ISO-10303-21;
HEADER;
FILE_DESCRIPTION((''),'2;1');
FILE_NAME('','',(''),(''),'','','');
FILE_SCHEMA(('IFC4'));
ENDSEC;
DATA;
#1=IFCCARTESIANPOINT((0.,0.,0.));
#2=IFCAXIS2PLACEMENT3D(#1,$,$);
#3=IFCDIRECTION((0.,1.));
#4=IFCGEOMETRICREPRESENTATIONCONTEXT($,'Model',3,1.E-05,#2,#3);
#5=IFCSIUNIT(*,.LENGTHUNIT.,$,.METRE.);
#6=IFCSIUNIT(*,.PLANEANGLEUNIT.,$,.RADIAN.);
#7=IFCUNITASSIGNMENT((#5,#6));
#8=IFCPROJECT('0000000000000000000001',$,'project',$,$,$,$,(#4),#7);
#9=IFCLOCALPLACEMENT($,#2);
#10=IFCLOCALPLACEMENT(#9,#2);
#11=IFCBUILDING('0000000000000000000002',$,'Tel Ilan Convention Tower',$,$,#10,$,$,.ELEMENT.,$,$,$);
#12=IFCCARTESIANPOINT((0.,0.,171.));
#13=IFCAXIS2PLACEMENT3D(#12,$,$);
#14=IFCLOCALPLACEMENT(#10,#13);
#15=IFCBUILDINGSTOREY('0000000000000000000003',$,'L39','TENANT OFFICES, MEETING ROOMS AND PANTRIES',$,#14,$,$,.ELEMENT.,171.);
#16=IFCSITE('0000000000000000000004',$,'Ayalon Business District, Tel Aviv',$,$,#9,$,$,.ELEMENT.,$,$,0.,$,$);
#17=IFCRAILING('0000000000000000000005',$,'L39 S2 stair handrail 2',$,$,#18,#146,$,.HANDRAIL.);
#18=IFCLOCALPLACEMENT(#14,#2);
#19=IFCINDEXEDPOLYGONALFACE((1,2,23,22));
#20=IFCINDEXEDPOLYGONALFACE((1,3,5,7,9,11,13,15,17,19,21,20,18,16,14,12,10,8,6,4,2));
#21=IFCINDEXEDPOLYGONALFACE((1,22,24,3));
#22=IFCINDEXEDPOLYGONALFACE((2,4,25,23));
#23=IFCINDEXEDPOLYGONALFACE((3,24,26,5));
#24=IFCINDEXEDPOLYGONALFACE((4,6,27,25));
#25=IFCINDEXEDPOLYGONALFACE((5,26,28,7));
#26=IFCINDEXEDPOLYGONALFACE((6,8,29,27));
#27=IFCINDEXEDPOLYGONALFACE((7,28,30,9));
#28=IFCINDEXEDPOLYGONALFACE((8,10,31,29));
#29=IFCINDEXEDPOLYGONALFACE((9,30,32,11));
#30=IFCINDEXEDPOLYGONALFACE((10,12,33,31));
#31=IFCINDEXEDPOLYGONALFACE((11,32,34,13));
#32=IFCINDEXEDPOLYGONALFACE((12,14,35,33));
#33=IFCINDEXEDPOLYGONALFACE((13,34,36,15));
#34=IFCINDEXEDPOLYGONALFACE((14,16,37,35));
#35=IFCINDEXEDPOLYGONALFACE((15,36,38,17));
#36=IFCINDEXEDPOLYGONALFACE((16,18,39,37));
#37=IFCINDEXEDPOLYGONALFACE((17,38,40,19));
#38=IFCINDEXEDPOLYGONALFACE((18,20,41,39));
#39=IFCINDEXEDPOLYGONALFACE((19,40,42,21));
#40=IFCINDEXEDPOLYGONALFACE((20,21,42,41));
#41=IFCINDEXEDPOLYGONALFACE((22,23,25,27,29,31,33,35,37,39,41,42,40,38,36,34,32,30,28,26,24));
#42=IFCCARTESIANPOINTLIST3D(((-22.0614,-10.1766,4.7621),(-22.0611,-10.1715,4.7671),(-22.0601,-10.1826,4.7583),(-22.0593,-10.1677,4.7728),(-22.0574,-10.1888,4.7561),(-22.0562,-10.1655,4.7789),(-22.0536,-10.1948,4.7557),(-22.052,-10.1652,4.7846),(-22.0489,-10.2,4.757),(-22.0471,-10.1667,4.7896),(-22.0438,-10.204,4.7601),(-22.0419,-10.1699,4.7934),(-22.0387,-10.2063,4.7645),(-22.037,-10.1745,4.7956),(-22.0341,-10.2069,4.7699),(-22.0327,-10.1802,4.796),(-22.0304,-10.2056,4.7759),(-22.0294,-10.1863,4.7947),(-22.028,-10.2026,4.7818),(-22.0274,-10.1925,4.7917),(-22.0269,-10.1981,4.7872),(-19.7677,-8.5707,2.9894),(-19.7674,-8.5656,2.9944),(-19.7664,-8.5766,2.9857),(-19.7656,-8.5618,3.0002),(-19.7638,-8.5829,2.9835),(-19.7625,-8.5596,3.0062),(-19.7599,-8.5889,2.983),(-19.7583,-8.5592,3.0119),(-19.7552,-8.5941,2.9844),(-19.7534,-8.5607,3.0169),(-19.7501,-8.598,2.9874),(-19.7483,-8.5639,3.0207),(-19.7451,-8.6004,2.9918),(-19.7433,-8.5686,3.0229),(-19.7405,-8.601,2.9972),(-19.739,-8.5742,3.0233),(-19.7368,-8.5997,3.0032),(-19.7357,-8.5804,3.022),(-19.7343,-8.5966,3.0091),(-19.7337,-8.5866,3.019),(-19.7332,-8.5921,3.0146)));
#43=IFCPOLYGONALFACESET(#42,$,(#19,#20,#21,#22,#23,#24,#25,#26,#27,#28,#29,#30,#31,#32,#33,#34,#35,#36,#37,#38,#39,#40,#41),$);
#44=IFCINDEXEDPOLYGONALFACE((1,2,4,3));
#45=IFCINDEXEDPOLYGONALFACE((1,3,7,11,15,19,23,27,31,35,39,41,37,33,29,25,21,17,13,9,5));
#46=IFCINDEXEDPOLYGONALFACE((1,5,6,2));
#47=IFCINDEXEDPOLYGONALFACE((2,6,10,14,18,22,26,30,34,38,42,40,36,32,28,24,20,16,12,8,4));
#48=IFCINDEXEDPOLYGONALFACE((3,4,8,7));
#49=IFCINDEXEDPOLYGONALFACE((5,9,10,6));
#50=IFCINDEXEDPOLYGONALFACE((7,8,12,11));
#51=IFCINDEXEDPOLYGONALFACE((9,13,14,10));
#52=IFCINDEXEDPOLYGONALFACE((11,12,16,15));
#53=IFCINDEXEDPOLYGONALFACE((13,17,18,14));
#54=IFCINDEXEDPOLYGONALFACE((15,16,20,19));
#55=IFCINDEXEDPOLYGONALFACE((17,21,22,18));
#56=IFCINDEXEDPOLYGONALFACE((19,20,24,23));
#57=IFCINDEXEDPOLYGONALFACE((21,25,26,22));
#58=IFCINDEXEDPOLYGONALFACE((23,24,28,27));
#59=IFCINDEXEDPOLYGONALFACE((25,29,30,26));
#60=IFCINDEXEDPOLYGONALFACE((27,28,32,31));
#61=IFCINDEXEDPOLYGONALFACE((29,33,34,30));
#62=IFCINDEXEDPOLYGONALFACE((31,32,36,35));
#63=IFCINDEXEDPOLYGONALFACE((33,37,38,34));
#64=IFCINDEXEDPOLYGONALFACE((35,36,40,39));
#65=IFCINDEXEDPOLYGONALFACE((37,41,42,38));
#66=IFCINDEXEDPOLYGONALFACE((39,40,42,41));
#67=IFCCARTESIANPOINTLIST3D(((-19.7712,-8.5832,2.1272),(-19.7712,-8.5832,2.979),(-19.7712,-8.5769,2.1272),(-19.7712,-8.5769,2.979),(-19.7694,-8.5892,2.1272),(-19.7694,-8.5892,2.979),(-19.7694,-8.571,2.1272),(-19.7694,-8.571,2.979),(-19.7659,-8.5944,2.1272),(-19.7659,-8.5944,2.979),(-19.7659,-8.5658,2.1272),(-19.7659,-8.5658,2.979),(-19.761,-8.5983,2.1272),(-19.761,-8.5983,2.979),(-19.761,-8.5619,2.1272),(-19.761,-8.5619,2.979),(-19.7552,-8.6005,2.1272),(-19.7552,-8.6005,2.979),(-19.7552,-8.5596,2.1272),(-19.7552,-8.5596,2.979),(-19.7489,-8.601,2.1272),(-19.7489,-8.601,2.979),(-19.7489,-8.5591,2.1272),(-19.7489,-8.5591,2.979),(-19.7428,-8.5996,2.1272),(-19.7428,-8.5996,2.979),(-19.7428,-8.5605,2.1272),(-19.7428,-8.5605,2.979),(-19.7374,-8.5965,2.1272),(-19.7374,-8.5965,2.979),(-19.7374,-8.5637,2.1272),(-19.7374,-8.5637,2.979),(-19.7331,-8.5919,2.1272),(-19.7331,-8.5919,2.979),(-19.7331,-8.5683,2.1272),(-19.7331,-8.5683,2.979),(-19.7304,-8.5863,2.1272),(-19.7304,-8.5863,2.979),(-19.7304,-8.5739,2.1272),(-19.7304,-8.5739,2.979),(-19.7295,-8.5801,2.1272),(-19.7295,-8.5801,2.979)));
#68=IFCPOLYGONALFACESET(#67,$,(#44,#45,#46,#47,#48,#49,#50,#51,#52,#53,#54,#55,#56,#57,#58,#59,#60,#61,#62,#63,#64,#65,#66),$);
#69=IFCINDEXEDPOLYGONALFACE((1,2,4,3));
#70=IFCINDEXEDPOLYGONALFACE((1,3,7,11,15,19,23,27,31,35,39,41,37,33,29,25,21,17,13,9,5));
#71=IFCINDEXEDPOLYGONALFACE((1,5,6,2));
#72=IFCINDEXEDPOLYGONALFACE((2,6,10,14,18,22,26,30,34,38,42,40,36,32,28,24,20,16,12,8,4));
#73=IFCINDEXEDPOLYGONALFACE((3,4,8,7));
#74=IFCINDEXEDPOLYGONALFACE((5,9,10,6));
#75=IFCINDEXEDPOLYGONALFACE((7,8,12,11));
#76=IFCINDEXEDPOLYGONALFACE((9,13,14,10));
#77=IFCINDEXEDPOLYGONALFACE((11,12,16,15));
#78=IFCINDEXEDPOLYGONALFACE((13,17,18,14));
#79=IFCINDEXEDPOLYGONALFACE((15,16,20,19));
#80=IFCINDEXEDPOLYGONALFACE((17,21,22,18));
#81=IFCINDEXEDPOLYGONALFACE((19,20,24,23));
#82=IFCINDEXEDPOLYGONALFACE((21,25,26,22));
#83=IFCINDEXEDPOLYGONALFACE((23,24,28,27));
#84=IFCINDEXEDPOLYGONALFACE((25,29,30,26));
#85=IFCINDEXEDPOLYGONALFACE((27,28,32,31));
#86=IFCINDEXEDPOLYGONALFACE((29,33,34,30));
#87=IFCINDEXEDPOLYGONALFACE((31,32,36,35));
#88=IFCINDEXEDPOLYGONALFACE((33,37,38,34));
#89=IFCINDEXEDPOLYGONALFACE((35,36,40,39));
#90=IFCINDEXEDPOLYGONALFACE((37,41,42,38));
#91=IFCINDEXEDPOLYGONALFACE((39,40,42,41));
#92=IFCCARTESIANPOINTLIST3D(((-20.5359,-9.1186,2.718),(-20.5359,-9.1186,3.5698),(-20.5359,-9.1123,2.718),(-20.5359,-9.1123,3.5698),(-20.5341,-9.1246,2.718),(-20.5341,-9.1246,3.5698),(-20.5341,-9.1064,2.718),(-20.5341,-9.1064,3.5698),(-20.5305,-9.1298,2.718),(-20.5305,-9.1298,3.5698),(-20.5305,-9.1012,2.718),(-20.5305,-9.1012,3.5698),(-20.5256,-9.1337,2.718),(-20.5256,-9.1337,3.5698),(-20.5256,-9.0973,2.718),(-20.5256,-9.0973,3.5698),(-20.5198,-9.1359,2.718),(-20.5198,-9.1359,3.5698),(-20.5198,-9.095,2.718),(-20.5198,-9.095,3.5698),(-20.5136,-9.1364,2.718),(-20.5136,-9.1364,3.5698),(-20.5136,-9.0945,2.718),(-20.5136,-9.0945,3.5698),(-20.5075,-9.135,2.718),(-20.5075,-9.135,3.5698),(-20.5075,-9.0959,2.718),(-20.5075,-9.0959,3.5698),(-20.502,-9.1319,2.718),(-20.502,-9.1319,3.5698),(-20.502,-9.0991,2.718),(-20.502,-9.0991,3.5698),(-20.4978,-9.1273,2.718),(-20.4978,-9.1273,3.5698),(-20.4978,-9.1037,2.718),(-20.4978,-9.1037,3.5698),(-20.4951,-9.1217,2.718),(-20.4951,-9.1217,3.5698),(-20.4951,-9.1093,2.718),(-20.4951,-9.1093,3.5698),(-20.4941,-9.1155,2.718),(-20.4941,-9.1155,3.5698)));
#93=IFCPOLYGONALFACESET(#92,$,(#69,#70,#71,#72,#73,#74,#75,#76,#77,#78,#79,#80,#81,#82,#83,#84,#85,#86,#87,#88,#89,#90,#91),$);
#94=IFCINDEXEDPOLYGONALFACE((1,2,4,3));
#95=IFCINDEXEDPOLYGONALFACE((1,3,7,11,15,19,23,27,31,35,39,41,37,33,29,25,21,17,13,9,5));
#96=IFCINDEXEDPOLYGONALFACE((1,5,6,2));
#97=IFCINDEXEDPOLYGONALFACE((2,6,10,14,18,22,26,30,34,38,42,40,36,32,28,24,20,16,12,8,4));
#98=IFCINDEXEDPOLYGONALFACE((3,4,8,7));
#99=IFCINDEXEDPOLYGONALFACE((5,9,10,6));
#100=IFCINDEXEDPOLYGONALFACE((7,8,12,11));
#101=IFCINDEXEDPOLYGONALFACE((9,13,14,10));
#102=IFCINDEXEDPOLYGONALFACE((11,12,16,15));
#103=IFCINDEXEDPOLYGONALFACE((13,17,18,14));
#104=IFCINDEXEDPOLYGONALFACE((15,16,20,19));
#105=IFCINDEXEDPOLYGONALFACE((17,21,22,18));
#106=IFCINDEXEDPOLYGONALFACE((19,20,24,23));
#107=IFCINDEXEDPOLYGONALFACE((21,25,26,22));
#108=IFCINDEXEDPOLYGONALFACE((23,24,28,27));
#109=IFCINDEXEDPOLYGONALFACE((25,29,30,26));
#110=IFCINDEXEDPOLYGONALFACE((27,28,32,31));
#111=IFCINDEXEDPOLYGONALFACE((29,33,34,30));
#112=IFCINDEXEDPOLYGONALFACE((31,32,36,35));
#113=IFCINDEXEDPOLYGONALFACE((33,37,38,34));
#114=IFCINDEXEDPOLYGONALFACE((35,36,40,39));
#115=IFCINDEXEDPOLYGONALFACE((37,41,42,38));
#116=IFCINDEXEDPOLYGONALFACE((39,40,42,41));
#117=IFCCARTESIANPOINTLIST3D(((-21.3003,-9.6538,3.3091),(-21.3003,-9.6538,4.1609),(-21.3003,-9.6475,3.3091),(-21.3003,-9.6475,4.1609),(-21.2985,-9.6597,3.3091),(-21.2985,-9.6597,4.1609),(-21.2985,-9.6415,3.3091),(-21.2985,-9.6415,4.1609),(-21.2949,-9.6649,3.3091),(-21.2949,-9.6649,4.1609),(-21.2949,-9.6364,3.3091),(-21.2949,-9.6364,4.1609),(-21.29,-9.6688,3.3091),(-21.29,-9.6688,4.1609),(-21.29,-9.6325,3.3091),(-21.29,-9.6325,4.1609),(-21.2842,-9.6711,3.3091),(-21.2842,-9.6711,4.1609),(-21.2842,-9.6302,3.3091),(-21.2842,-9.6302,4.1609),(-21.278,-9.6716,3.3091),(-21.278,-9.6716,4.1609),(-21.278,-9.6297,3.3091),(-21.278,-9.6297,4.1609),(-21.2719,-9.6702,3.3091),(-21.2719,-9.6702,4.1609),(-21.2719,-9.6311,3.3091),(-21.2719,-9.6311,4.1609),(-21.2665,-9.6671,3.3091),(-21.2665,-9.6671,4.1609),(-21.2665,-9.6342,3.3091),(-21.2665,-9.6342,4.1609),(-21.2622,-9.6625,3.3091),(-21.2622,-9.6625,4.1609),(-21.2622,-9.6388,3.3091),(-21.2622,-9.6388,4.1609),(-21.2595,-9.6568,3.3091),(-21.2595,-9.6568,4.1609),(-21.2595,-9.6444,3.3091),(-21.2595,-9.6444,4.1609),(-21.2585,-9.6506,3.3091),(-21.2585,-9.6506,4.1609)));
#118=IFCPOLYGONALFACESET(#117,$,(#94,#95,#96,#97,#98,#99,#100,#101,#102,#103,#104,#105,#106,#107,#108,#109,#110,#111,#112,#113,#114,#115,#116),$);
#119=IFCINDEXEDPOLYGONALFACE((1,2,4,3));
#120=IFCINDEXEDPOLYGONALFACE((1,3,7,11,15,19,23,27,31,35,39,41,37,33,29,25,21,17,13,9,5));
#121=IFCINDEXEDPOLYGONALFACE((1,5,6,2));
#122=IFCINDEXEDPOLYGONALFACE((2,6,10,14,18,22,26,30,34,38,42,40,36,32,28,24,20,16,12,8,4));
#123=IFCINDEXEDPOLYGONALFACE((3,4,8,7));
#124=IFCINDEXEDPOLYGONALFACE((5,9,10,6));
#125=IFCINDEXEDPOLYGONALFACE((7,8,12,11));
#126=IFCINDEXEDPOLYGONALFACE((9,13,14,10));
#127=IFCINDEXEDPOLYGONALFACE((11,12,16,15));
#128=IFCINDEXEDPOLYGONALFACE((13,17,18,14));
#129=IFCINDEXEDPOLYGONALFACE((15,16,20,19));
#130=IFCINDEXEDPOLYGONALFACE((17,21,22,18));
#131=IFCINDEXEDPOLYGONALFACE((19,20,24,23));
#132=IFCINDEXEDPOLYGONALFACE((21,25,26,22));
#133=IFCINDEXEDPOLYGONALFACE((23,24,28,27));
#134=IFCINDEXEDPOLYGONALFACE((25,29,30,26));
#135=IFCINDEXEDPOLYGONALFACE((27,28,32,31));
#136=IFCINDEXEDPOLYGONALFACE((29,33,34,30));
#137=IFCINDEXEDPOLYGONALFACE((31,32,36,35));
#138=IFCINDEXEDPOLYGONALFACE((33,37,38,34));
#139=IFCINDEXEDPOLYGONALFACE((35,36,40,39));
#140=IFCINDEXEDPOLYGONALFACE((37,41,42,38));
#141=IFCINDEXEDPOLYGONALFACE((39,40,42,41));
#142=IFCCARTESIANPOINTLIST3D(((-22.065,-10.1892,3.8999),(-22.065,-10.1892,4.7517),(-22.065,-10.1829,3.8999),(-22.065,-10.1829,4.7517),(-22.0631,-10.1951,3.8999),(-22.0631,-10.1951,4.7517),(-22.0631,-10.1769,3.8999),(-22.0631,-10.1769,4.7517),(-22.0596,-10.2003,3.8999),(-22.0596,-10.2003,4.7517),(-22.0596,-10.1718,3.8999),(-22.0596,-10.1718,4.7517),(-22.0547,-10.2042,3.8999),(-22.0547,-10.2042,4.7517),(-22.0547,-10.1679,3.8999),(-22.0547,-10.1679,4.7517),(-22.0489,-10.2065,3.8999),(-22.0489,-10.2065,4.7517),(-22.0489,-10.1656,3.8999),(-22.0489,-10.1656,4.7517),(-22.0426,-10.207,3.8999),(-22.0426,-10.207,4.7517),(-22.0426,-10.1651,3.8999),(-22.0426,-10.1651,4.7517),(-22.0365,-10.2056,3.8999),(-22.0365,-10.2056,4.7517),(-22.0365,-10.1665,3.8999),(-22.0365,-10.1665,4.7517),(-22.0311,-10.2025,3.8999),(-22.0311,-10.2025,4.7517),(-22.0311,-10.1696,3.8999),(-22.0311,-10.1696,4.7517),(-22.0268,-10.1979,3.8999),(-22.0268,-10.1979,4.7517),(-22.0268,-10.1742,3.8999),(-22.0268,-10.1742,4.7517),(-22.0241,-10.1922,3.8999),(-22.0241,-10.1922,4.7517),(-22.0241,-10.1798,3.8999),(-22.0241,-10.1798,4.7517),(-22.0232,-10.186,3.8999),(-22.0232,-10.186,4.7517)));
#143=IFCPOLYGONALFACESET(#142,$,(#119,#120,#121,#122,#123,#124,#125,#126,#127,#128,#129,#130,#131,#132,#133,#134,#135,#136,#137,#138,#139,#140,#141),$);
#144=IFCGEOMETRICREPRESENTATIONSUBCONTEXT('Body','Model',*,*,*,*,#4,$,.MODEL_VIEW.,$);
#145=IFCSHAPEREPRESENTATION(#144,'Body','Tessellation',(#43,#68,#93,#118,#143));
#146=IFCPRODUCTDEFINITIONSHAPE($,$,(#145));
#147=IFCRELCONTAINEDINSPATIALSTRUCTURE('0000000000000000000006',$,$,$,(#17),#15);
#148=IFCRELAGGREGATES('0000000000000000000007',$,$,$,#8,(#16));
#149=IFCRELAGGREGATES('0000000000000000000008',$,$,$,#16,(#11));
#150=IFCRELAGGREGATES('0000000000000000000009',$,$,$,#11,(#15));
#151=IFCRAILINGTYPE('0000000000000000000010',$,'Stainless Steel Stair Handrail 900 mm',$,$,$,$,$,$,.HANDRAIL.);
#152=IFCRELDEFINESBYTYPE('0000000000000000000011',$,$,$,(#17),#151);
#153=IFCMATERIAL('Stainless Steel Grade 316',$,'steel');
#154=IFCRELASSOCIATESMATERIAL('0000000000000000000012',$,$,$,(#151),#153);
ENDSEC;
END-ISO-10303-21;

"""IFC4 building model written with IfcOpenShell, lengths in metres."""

from ifc_helpers import new_model, si_unit, direction, frame, origin, origin_2d, place, context, subcontext, project, spatial, circle, extrude, material, type_object, element, save


model = new_model("IFC4")

# Units and contexts
model_context = context("Model", 3, precision=1e-05, world=origin(), true_north=direction((0.0, 1.0)))
body_context = subcontext(model_context, "Body", "Model", "MODEL_VIEW")
ifc_project = project(units=[si_unit("LENGTHUNIT", "METRE"), si_unit("PLANEANGLEUNIT", "RADIAN")], contexts=[model_context])

# Site, building, storey
site_placement = place(None, origin())
site = spatial("IfcSite", under=ifc_project, at=site_placement, Name="Ayalon Business District, Tel Aviv", CompositionType="ELEMENT", RefElevation=0.0)
building_placement = place(site_placement, origin())
building = spatial("IfcBuilding", under=site, at=building_placement, Name="Tel Ilan Convention Tower", CompositionType="ELEMENT")
storey_placement = place(building_placement, frame((0.0, 0.0, 171.0)))
storey = spatial("IfcBuildingStorey", under=building, at=storey_placement, Name="L39", Description="TENANT OFFICES, MEETING ROOMS AND PANTRIES", CompositionType="ELEMENT", Elevation=171.0)

# Railing
ifc_material_1 = material(Name="Stainless Steel Grade 316", Category="steel")
railing_type_1 = type_object("IfcRailingType", Name="Stainless Steel Stair Handrail 900 mm", PredefinedType="HANDRAIL", material=ifc_material_1)
railing_1_placement = place(storey_placement, frame((-19.7505, -8.5801, 2.1272)))
element("IfcRailing", 1, at=railing_1_placement, inside=storey, type_object=railing_type_1, Name="L39 S2 stair handrail 2", PredefinedType="HANDRAIL", context=body_context, shape_type="SweptSolid", body=[
    extrude(circle(Radius=0.0239, at=origin_2d()), frame((0.0, 0.0, 0.876), z_axis=(-0.692123, -0.484597, 0.534913), x_axis=(0.57355, -0.81917, 0.0)), (0.0, 0.0, 1.0), 3.314),
    extrude(circle(Radius=0.021, at=origin_2d()), origin(), (0.0, 0.0, 1.0), 0.8518),
    extrude(circle(Radius=0.021, at=origin_2d()), frame((-0.7646, -0.5354, 0.5908)), (0.0, 0.0, 1.0), 0.8518),
    extrude(circle(Radius=0.021, at=origin_2d()), frame((-1.5291, -1.0706, 1.1819)), (0.0, 0.0, 1.0), 0.8518),
    extrude(circle(Radius=0.021, at=origin_2d()), frame((-2.2937, -1.606, 1.7727)), (0.0, 0.0, 1.0), 0.8518),
])

save(model, "model.ifc")
